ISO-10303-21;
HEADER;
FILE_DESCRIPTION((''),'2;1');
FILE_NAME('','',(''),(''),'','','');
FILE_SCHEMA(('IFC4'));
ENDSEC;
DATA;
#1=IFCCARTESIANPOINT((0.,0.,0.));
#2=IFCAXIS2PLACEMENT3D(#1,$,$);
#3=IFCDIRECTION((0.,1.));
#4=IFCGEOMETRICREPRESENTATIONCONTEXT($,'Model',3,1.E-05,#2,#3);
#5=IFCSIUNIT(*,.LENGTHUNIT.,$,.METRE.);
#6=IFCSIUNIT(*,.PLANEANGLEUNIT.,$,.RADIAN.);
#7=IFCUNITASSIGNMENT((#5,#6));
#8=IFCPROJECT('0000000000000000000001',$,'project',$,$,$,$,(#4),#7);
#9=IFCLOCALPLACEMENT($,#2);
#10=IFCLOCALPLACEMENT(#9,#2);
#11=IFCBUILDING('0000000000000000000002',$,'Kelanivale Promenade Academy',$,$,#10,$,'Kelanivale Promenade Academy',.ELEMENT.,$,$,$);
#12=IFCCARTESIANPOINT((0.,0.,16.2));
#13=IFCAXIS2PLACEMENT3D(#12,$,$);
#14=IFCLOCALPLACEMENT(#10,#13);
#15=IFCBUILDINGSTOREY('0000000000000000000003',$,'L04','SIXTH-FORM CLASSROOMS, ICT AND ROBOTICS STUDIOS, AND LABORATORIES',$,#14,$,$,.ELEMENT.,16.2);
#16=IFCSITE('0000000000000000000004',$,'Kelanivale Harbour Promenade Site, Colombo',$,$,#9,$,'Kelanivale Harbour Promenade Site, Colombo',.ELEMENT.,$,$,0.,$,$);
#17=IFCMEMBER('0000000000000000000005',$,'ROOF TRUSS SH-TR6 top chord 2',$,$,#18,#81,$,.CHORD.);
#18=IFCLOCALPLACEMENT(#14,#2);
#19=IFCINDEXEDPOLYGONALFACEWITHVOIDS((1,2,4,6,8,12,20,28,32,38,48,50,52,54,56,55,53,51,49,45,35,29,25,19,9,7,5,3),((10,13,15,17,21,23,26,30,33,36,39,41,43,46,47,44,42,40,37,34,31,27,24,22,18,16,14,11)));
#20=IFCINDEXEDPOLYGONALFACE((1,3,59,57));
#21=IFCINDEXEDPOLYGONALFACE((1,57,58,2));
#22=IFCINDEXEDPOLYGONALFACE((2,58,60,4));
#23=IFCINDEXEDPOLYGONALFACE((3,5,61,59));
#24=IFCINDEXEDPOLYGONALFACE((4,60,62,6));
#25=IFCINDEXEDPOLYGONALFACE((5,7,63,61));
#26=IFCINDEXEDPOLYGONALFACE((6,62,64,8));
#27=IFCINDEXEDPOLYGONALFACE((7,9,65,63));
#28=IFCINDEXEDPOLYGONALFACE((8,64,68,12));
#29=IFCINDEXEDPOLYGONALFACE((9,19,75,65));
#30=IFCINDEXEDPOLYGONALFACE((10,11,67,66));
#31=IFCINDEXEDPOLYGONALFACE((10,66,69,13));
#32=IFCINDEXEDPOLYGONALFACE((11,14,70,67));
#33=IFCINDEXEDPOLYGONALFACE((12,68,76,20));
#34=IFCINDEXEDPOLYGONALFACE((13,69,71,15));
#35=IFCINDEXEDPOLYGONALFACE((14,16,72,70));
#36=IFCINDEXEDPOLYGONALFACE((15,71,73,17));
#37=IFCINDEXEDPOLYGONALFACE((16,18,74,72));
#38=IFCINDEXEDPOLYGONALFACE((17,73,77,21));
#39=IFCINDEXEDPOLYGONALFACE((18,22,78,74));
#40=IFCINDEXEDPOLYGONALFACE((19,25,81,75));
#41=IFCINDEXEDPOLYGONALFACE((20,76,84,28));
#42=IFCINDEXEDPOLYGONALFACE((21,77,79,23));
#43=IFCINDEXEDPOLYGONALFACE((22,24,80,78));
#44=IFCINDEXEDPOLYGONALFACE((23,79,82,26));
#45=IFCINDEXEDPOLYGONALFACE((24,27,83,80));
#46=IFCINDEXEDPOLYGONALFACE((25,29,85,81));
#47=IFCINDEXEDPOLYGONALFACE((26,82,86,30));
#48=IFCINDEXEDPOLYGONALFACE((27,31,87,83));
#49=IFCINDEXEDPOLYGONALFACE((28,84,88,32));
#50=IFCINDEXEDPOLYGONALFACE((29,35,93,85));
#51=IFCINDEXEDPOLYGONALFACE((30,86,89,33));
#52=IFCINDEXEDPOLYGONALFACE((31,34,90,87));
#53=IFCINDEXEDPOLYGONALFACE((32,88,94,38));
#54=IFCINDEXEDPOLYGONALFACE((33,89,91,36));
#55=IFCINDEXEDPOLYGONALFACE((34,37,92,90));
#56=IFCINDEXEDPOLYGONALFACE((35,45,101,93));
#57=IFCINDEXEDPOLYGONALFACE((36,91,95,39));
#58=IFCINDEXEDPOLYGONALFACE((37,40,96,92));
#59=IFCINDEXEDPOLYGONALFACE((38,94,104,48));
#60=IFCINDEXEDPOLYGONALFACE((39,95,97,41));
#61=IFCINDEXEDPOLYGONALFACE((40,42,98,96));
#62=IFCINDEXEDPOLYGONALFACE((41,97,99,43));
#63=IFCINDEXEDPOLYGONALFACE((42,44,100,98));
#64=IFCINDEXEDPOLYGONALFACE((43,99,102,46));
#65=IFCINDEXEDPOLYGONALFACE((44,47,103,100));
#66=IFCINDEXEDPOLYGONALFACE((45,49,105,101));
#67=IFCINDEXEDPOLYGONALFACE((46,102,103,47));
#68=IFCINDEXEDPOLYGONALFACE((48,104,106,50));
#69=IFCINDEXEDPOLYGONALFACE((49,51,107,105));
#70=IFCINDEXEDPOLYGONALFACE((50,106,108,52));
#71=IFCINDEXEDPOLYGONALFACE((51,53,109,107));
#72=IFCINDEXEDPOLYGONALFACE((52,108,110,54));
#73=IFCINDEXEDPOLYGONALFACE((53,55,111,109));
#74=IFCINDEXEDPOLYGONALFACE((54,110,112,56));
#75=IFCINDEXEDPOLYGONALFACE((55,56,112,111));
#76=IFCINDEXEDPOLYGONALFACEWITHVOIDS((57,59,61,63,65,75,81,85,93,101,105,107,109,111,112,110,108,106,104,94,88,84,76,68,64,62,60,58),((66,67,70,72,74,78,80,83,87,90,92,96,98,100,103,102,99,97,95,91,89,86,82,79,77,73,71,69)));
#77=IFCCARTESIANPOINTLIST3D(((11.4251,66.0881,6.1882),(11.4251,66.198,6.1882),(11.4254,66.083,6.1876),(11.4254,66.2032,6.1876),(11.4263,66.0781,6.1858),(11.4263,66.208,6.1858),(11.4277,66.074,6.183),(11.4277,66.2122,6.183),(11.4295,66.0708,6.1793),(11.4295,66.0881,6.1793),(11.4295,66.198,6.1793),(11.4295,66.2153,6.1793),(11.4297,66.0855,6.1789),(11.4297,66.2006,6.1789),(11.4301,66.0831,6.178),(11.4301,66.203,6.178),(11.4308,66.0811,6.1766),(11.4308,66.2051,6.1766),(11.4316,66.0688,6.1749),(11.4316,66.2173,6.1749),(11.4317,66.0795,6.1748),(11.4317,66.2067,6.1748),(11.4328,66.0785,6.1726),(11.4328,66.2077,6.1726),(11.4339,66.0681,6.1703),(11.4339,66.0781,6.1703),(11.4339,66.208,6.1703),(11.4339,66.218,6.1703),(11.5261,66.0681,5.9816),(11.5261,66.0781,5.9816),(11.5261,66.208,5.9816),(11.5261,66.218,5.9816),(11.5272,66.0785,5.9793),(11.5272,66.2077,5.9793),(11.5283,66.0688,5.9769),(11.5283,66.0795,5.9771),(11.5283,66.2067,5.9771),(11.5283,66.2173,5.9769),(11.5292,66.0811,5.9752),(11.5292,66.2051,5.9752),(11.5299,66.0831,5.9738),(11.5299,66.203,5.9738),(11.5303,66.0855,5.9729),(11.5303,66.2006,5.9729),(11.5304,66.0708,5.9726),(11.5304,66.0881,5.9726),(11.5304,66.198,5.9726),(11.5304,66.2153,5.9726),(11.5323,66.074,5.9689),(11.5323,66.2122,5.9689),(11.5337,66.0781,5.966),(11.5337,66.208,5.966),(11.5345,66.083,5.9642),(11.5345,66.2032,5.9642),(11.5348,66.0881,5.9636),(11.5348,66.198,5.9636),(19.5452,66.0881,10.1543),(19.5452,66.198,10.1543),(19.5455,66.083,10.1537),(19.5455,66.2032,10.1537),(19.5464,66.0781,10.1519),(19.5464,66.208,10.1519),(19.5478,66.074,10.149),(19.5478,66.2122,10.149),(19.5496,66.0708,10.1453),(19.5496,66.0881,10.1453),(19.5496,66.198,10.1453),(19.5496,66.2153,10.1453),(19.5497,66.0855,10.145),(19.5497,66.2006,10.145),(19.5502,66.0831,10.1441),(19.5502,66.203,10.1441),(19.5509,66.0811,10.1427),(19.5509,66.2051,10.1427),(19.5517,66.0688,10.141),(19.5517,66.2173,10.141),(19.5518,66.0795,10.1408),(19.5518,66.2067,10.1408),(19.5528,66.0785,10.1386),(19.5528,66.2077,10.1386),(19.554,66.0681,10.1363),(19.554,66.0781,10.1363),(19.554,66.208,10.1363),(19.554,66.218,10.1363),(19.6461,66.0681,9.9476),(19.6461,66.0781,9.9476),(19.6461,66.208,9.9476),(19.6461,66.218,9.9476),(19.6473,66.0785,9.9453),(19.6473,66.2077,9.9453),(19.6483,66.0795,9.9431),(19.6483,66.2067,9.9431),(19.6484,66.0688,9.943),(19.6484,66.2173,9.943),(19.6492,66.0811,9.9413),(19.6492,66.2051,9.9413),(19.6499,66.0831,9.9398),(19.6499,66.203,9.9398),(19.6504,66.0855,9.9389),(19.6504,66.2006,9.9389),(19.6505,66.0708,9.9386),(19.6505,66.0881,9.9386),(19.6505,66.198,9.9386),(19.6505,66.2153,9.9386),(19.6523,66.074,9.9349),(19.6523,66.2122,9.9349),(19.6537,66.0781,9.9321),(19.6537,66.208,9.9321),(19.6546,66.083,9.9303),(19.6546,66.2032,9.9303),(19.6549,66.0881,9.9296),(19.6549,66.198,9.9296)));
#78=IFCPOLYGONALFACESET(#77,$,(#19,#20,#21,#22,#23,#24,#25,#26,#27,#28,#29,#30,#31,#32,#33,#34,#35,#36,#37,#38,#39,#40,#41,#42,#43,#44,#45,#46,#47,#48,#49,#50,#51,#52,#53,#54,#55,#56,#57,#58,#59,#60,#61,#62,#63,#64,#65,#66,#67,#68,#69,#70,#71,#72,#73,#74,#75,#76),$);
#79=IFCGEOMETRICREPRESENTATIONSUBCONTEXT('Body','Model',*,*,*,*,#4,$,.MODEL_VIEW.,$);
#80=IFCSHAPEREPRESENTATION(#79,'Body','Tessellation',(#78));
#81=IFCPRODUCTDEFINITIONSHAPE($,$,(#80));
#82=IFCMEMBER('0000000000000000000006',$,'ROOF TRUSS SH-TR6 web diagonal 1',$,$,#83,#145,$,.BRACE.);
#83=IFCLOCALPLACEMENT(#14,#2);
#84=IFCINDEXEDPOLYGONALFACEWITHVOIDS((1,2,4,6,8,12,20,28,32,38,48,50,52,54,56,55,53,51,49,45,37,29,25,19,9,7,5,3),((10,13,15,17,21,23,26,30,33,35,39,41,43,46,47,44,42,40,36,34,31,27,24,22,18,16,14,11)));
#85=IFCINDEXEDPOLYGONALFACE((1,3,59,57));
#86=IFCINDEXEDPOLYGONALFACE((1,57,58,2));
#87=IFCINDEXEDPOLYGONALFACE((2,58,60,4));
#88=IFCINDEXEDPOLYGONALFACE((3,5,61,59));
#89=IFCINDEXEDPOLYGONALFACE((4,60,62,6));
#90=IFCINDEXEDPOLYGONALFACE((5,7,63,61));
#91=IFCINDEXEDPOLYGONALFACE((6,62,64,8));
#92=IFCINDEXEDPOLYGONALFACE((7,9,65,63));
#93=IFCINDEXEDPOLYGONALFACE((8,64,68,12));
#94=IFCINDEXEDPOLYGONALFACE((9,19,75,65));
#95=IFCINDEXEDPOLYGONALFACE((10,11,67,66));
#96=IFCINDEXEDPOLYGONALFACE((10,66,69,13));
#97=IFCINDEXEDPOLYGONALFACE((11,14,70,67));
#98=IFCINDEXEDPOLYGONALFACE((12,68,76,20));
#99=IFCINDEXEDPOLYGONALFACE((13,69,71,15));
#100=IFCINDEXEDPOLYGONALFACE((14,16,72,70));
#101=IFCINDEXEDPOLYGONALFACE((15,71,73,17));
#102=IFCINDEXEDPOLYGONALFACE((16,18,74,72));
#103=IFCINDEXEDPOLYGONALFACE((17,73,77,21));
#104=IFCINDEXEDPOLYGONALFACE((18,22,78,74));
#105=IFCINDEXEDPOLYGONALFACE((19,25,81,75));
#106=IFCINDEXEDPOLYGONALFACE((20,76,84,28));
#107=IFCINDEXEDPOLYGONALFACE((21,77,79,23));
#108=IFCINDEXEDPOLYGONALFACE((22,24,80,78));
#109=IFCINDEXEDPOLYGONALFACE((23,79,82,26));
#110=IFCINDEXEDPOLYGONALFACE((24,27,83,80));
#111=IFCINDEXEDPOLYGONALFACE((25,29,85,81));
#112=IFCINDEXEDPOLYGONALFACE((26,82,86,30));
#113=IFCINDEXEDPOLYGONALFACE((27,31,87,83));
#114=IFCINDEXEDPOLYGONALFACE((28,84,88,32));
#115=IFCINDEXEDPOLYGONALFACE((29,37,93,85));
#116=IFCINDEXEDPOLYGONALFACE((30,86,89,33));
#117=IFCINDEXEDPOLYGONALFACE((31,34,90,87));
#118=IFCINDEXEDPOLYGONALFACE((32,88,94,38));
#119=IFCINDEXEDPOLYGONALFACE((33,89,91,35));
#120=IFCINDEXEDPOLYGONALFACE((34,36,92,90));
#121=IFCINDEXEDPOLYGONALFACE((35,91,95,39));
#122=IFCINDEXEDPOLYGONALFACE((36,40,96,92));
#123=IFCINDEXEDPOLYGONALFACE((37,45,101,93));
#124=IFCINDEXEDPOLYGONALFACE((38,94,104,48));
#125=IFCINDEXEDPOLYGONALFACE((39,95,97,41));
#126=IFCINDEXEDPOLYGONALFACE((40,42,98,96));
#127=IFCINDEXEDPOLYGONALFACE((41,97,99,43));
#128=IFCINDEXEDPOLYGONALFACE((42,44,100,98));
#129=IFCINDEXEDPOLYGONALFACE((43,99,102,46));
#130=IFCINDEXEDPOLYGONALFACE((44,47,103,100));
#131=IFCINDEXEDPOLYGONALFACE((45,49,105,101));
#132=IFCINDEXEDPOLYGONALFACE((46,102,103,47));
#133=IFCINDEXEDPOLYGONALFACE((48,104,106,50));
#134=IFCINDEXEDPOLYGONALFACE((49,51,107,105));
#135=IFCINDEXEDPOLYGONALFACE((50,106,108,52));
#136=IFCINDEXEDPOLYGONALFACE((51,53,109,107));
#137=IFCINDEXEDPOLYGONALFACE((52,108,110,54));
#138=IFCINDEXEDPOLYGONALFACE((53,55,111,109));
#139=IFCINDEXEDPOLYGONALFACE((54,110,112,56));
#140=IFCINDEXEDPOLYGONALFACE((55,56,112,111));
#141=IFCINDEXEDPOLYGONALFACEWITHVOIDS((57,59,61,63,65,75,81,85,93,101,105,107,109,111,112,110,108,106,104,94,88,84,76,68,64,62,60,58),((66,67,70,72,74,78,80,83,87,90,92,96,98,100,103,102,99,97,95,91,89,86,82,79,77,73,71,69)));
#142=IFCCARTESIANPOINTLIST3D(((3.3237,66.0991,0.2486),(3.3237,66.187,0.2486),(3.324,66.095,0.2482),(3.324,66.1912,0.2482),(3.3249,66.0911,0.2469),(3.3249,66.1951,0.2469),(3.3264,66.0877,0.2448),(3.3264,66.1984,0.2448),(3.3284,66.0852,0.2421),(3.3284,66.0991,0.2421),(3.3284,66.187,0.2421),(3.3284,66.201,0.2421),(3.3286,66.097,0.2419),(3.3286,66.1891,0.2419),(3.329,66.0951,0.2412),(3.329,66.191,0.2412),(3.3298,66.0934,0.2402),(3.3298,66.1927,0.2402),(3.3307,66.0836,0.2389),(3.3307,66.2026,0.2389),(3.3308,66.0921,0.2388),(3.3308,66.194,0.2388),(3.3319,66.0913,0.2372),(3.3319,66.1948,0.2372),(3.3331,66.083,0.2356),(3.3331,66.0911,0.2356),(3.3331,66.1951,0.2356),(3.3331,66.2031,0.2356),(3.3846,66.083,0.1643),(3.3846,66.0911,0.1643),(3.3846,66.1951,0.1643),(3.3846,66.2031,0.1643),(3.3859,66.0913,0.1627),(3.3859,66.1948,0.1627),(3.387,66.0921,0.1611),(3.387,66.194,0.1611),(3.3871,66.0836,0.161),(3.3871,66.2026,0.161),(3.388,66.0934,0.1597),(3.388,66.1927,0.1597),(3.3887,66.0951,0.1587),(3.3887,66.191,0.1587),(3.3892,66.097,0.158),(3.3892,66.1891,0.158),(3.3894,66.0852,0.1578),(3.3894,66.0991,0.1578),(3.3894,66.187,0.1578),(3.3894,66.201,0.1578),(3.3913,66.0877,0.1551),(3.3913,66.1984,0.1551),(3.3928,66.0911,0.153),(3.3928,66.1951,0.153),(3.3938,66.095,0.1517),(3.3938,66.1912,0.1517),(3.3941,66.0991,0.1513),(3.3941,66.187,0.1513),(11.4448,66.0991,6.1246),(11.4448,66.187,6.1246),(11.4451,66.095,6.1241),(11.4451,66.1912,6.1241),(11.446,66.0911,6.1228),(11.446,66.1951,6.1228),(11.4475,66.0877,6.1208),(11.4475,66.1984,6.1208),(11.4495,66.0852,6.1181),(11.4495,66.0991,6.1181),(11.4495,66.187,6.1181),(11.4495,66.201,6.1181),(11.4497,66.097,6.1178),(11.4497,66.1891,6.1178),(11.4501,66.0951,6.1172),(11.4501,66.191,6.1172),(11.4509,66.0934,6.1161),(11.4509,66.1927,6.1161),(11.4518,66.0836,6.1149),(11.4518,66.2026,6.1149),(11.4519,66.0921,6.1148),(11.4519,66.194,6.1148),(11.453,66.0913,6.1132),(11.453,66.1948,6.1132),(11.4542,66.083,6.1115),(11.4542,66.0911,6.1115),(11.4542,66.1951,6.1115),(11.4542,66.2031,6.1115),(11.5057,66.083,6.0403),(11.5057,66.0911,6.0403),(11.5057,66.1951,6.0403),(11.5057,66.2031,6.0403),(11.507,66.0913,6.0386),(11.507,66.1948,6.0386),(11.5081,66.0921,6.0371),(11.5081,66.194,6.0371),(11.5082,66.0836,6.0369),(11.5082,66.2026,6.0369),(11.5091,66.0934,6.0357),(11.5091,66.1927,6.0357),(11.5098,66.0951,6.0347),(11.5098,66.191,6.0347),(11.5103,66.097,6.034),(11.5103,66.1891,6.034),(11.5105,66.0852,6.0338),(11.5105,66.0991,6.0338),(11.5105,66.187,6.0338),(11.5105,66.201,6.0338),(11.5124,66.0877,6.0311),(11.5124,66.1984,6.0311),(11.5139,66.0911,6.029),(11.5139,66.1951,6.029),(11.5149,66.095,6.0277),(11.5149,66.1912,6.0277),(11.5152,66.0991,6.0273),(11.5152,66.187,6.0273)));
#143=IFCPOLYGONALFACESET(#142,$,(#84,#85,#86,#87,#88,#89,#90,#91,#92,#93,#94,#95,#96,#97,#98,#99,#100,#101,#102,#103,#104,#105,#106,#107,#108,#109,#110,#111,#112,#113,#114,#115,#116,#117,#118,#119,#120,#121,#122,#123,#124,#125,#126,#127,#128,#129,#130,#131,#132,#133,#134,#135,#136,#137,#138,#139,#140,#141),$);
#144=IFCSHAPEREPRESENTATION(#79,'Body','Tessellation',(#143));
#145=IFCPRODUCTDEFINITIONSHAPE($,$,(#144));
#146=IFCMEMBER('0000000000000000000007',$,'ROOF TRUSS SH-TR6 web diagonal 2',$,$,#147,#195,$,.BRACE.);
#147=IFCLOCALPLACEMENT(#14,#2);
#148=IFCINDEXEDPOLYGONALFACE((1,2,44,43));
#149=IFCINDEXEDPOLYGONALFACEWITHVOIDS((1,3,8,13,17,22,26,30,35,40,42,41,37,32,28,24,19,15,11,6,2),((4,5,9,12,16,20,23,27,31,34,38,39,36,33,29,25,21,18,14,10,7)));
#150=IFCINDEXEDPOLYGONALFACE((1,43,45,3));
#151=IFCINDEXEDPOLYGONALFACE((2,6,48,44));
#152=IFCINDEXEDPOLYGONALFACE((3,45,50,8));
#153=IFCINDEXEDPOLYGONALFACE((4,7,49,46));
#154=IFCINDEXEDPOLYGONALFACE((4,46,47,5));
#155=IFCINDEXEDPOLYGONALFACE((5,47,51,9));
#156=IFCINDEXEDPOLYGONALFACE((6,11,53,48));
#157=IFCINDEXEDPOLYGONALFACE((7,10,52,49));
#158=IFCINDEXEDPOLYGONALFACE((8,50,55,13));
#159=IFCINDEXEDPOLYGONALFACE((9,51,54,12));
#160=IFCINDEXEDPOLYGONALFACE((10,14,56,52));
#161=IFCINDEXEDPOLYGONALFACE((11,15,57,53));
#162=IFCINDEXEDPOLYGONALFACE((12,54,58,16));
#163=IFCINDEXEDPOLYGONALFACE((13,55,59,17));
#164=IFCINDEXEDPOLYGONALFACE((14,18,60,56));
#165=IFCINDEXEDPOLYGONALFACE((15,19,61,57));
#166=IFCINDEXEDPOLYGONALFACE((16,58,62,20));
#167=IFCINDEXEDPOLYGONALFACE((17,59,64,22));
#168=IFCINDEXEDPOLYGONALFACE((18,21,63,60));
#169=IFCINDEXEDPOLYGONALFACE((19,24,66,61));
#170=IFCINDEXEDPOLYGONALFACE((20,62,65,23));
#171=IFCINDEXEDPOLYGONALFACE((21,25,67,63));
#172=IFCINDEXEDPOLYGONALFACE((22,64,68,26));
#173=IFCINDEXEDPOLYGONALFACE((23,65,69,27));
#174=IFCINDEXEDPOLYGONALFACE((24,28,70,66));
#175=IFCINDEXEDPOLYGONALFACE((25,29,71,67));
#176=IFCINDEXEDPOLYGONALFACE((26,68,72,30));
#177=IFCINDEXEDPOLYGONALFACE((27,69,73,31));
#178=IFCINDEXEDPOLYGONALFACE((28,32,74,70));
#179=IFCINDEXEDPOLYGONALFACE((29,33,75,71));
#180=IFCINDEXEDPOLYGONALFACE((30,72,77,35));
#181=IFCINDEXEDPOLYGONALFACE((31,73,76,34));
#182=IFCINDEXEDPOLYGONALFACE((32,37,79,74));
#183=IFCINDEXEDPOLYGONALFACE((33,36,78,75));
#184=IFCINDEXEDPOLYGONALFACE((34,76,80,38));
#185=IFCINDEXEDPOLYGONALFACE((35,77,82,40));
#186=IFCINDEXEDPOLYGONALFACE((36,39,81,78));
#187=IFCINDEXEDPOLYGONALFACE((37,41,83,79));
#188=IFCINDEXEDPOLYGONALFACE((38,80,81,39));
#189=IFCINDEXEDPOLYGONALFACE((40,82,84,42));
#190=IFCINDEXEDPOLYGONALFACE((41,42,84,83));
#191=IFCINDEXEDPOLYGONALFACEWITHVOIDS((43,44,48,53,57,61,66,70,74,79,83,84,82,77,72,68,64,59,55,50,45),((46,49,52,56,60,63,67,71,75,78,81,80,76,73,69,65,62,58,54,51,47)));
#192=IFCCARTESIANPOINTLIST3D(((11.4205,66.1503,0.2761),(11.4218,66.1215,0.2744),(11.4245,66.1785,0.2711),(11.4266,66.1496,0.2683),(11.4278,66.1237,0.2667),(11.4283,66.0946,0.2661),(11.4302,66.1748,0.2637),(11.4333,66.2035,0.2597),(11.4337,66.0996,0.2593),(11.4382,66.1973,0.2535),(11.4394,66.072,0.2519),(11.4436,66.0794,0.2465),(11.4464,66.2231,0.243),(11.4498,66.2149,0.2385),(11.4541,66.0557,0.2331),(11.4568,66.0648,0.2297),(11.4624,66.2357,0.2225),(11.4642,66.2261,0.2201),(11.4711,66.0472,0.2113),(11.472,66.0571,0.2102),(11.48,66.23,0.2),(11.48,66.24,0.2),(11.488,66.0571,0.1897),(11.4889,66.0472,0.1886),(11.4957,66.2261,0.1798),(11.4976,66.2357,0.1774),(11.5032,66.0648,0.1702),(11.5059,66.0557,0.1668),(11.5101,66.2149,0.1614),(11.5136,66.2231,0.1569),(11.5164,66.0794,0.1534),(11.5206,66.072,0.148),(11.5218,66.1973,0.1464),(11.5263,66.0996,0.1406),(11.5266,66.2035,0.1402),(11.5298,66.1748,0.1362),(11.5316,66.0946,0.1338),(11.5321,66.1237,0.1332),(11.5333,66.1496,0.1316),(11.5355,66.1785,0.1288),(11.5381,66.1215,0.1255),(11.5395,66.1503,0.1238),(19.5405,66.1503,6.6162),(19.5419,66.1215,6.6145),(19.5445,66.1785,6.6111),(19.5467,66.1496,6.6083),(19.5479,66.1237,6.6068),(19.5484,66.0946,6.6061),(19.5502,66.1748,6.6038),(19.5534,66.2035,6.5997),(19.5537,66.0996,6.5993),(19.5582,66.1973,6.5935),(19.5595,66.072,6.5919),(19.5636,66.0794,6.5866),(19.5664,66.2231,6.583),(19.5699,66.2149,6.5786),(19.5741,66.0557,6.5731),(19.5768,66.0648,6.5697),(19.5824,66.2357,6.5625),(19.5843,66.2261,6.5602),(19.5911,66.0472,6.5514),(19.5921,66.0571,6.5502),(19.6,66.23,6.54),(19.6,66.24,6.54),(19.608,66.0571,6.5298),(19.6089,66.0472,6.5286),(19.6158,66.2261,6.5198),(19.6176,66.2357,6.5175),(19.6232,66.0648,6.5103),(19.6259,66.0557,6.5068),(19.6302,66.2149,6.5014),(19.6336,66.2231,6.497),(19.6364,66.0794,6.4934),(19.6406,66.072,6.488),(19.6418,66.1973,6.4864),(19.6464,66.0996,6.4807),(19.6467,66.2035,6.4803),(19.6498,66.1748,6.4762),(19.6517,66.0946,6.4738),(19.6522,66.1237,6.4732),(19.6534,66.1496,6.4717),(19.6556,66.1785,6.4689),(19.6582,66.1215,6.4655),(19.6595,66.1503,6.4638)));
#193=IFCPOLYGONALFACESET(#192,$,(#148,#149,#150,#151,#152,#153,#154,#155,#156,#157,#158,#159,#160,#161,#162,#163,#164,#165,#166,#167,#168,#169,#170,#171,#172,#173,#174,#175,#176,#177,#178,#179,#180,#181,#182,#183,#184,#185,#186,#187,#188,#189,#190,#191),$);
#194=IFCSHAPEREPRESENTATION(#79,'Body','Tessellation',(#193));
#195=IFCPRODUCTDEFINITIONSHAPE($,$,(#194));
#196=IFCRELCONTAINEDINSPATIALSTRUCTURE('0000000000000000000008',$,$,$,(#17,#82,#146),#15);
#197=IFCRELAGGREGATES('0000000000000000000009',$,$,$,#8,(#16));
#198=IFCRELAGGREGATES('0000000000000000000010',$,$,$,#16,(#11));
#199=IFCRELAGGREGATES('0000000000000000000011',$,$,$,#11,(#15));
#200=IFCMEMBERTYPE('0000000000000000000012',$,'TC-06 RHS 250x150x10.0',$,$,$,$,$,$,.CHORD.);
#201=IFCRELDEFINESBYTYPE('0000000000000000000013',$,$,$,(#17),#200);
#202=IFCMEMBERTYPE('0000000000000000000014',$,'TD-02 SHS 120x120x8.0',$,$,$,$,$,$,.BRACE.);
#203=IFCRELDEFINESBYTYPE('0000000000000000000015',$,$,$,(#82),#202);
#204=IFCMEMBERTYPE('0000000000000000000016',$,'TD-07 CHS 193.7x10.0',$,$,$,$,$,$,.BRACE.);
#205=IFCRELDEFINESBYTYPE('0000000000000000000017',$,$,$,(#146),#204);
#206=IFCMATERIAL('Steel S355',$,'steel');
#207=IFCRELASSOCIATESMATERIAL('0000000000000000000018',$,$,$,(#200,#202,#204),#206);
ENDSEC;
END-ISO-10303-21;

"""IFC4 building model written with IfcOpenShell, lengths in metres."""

from ifc_helpers import new_model, si_unit, direction, frame, origin, origin_2d, place, context, subcontext, project, spatial, hollow_rectangle, hollow_circle, extrude, material, material_profile, profile_set, type_object, element, save


model = new_model("IFC4")

# Units and contexts
model_context = context("Model", 3, precision=1e-05, world=origin(), true_north=direction((0.0, 1.0)))
body_context = subcontext(model_context, "Body", "Model", "MODEL_VIEW")
ifc_project = project(units=[si_unit("LENGTHUNIT", "METRE"), si_unit("PLANEANGLEUNIT", "RADIAN")], contexts=[model_context])

# Site, building, storey
site_placement = place(None, origin())
site = spatial("IfcSite", under=ifc_project, at=site_placement, Name="Kelanivale Harbour Promenade Site, Colombo", LongName="Kelanivale Harbour Promenade Site, Colombo", CompositionType="ELEMENT", RefElevation=0.0)
building_placement = place(site_placement, origin())
building = spatial("IfcBuilding", under=site, at=building_placement, Name="Kelanivale Promenade Academy", LongName="Kelanivale Promenade Academy", CompositionType="ELEMENT")
storey_placement = place(building_placement, frame((0.0, 0.0, 16.2)))
storey = spatial("IfcBuildingStorey", under=building, at=storey_placement, Name="L04", Description="SIXTH-FORM CLASSROOMS, ICT AND ROBOTICS STUDIOS, AND LABORATORIES", CompositionType="ELEMENT", Elevation=16.2)

# Shared definitions
ifc_material_1 = material(Name="Steel S355", Category="steel")

# Members
ifc_material_profile_1 = material_profile(ifc_material_1, hollow_rectangle(XDim=0.1499, YDim=0.25, WallThickness=0.01, InnerFilletRadius=0.01, OuterFilletRadius=0.02, at=origin_2d()), Name="RHS 250x150x10.0")
ifc_profile_set_1 = profile_set([ifc_material_profile_1], Name="Steel S355")
member_type_1 = type_object("IfcMemberType", Name="TC-06 RHS 250x150x10.0", PredefinedType="CHORD", material=ifc_profile_set_1)
member_1_placement = place(storey_placement, frame((11.48, 66.1431, 6.0759), z_axis=(0.898549, 0.0, 0.438873), x_axis=(0.0, 1.0, 0.0)))
element("IfcMember", 1, at=member_1_placement, inside=storey, type_object=member_type_1, Name="ROOF TRUSS SH-TR6 top chord 2", PredefinedType="CHORD", context=body_context, shape_type="SweptSolid", body=[
    extrude(hollow_rectangle(XDim=0.1499, YDim=0.25, WallThickness=0.01, InnerFilletRadius=0.01, OuterFilletRadius=0.02, at=origin_2d()), origin(), (0.0, 0.0, 1.0), 9.0369),
])
ifc_material_profile_2 = material_profile(ifc_material_1, hollow_rectangle(XDim=0.1201, YDim=0.1201, WallThickness=0.0081, InnerFilletRadius=0.0081, OuterFilletRadius=0.0161, at=origin_2d()), Name="SHS 120x120x8.0")
ifc_profile_set_2 = profile_set([ifc_material_profile_2], Name="Steel S355")
member_type_2 = type_object("IfcMemberType", Name="TD-02 SHS 120x120x8.0", PredefinedType="BRACE", material=ifc_profile_set_2)
member_2_placement = place(storey_placement, frame((3.3589, 66.1431, 0.2), z_axis=(0.81017, 0.0, 0.586195), x_axis=(0.0, 1.0, 0.0)))
element("IfcMember", 2, at=member_2_placement, inside=storey, type_object=member_type_2, Name="ROOF TRUSS SH-TR6 web diagonal 1", PredefinedType="BRACE", context=body_context, shape_type="SweptSolid", body=[
    extrude(hollow_rectangle(XDim=0.1201, YDim=0.1201, WallThickness=0.0081, InnerFilletRadius=0.0081, OuterFilletRadius=0.0161, at=origin_2d()), origin(), (0.0, 0.0, 1.0), 10.0239),
])
ifc_material_profile_3 = material_profile(ifc_material_1, hollow_circle(Radius=0.0969, WallThickness=0.01, at=origin_2d()), Name="CHS 193.7x10.0")
ifc_profile_set_3 = profile_set([ifc_material_profile_3], Name="Steel S355")
member_type_3 = type_object("IfcMemberType", Name="TD-07 CHS 193.7x10.0", PredefinedType="BRACE", material=ifc_profile_set_3)
member_3_placement = place(storey_placement, frame((11.48, 66.1431, 0.2), z_axis=(0.788201, 0.0, 0.615418), x_axis=(0.0, 1.0, 0.0)))
element("IfcMember", 3, at=member_3_placement, inside=storey, type_object=member_type_3, Name="ROOF TRUSS SH-TR6 web diagonal 2", PredefinedType="BRACE", context=body_context, shape_type="SweptSolid", body=[
    extrude(hollow_circle(Radius=0.0969, WallThickness=0.01, at=origin_2d()), origin(), (0.0, 0.0, 1.0), 10.302),
])

save(model, "model.ifc")
